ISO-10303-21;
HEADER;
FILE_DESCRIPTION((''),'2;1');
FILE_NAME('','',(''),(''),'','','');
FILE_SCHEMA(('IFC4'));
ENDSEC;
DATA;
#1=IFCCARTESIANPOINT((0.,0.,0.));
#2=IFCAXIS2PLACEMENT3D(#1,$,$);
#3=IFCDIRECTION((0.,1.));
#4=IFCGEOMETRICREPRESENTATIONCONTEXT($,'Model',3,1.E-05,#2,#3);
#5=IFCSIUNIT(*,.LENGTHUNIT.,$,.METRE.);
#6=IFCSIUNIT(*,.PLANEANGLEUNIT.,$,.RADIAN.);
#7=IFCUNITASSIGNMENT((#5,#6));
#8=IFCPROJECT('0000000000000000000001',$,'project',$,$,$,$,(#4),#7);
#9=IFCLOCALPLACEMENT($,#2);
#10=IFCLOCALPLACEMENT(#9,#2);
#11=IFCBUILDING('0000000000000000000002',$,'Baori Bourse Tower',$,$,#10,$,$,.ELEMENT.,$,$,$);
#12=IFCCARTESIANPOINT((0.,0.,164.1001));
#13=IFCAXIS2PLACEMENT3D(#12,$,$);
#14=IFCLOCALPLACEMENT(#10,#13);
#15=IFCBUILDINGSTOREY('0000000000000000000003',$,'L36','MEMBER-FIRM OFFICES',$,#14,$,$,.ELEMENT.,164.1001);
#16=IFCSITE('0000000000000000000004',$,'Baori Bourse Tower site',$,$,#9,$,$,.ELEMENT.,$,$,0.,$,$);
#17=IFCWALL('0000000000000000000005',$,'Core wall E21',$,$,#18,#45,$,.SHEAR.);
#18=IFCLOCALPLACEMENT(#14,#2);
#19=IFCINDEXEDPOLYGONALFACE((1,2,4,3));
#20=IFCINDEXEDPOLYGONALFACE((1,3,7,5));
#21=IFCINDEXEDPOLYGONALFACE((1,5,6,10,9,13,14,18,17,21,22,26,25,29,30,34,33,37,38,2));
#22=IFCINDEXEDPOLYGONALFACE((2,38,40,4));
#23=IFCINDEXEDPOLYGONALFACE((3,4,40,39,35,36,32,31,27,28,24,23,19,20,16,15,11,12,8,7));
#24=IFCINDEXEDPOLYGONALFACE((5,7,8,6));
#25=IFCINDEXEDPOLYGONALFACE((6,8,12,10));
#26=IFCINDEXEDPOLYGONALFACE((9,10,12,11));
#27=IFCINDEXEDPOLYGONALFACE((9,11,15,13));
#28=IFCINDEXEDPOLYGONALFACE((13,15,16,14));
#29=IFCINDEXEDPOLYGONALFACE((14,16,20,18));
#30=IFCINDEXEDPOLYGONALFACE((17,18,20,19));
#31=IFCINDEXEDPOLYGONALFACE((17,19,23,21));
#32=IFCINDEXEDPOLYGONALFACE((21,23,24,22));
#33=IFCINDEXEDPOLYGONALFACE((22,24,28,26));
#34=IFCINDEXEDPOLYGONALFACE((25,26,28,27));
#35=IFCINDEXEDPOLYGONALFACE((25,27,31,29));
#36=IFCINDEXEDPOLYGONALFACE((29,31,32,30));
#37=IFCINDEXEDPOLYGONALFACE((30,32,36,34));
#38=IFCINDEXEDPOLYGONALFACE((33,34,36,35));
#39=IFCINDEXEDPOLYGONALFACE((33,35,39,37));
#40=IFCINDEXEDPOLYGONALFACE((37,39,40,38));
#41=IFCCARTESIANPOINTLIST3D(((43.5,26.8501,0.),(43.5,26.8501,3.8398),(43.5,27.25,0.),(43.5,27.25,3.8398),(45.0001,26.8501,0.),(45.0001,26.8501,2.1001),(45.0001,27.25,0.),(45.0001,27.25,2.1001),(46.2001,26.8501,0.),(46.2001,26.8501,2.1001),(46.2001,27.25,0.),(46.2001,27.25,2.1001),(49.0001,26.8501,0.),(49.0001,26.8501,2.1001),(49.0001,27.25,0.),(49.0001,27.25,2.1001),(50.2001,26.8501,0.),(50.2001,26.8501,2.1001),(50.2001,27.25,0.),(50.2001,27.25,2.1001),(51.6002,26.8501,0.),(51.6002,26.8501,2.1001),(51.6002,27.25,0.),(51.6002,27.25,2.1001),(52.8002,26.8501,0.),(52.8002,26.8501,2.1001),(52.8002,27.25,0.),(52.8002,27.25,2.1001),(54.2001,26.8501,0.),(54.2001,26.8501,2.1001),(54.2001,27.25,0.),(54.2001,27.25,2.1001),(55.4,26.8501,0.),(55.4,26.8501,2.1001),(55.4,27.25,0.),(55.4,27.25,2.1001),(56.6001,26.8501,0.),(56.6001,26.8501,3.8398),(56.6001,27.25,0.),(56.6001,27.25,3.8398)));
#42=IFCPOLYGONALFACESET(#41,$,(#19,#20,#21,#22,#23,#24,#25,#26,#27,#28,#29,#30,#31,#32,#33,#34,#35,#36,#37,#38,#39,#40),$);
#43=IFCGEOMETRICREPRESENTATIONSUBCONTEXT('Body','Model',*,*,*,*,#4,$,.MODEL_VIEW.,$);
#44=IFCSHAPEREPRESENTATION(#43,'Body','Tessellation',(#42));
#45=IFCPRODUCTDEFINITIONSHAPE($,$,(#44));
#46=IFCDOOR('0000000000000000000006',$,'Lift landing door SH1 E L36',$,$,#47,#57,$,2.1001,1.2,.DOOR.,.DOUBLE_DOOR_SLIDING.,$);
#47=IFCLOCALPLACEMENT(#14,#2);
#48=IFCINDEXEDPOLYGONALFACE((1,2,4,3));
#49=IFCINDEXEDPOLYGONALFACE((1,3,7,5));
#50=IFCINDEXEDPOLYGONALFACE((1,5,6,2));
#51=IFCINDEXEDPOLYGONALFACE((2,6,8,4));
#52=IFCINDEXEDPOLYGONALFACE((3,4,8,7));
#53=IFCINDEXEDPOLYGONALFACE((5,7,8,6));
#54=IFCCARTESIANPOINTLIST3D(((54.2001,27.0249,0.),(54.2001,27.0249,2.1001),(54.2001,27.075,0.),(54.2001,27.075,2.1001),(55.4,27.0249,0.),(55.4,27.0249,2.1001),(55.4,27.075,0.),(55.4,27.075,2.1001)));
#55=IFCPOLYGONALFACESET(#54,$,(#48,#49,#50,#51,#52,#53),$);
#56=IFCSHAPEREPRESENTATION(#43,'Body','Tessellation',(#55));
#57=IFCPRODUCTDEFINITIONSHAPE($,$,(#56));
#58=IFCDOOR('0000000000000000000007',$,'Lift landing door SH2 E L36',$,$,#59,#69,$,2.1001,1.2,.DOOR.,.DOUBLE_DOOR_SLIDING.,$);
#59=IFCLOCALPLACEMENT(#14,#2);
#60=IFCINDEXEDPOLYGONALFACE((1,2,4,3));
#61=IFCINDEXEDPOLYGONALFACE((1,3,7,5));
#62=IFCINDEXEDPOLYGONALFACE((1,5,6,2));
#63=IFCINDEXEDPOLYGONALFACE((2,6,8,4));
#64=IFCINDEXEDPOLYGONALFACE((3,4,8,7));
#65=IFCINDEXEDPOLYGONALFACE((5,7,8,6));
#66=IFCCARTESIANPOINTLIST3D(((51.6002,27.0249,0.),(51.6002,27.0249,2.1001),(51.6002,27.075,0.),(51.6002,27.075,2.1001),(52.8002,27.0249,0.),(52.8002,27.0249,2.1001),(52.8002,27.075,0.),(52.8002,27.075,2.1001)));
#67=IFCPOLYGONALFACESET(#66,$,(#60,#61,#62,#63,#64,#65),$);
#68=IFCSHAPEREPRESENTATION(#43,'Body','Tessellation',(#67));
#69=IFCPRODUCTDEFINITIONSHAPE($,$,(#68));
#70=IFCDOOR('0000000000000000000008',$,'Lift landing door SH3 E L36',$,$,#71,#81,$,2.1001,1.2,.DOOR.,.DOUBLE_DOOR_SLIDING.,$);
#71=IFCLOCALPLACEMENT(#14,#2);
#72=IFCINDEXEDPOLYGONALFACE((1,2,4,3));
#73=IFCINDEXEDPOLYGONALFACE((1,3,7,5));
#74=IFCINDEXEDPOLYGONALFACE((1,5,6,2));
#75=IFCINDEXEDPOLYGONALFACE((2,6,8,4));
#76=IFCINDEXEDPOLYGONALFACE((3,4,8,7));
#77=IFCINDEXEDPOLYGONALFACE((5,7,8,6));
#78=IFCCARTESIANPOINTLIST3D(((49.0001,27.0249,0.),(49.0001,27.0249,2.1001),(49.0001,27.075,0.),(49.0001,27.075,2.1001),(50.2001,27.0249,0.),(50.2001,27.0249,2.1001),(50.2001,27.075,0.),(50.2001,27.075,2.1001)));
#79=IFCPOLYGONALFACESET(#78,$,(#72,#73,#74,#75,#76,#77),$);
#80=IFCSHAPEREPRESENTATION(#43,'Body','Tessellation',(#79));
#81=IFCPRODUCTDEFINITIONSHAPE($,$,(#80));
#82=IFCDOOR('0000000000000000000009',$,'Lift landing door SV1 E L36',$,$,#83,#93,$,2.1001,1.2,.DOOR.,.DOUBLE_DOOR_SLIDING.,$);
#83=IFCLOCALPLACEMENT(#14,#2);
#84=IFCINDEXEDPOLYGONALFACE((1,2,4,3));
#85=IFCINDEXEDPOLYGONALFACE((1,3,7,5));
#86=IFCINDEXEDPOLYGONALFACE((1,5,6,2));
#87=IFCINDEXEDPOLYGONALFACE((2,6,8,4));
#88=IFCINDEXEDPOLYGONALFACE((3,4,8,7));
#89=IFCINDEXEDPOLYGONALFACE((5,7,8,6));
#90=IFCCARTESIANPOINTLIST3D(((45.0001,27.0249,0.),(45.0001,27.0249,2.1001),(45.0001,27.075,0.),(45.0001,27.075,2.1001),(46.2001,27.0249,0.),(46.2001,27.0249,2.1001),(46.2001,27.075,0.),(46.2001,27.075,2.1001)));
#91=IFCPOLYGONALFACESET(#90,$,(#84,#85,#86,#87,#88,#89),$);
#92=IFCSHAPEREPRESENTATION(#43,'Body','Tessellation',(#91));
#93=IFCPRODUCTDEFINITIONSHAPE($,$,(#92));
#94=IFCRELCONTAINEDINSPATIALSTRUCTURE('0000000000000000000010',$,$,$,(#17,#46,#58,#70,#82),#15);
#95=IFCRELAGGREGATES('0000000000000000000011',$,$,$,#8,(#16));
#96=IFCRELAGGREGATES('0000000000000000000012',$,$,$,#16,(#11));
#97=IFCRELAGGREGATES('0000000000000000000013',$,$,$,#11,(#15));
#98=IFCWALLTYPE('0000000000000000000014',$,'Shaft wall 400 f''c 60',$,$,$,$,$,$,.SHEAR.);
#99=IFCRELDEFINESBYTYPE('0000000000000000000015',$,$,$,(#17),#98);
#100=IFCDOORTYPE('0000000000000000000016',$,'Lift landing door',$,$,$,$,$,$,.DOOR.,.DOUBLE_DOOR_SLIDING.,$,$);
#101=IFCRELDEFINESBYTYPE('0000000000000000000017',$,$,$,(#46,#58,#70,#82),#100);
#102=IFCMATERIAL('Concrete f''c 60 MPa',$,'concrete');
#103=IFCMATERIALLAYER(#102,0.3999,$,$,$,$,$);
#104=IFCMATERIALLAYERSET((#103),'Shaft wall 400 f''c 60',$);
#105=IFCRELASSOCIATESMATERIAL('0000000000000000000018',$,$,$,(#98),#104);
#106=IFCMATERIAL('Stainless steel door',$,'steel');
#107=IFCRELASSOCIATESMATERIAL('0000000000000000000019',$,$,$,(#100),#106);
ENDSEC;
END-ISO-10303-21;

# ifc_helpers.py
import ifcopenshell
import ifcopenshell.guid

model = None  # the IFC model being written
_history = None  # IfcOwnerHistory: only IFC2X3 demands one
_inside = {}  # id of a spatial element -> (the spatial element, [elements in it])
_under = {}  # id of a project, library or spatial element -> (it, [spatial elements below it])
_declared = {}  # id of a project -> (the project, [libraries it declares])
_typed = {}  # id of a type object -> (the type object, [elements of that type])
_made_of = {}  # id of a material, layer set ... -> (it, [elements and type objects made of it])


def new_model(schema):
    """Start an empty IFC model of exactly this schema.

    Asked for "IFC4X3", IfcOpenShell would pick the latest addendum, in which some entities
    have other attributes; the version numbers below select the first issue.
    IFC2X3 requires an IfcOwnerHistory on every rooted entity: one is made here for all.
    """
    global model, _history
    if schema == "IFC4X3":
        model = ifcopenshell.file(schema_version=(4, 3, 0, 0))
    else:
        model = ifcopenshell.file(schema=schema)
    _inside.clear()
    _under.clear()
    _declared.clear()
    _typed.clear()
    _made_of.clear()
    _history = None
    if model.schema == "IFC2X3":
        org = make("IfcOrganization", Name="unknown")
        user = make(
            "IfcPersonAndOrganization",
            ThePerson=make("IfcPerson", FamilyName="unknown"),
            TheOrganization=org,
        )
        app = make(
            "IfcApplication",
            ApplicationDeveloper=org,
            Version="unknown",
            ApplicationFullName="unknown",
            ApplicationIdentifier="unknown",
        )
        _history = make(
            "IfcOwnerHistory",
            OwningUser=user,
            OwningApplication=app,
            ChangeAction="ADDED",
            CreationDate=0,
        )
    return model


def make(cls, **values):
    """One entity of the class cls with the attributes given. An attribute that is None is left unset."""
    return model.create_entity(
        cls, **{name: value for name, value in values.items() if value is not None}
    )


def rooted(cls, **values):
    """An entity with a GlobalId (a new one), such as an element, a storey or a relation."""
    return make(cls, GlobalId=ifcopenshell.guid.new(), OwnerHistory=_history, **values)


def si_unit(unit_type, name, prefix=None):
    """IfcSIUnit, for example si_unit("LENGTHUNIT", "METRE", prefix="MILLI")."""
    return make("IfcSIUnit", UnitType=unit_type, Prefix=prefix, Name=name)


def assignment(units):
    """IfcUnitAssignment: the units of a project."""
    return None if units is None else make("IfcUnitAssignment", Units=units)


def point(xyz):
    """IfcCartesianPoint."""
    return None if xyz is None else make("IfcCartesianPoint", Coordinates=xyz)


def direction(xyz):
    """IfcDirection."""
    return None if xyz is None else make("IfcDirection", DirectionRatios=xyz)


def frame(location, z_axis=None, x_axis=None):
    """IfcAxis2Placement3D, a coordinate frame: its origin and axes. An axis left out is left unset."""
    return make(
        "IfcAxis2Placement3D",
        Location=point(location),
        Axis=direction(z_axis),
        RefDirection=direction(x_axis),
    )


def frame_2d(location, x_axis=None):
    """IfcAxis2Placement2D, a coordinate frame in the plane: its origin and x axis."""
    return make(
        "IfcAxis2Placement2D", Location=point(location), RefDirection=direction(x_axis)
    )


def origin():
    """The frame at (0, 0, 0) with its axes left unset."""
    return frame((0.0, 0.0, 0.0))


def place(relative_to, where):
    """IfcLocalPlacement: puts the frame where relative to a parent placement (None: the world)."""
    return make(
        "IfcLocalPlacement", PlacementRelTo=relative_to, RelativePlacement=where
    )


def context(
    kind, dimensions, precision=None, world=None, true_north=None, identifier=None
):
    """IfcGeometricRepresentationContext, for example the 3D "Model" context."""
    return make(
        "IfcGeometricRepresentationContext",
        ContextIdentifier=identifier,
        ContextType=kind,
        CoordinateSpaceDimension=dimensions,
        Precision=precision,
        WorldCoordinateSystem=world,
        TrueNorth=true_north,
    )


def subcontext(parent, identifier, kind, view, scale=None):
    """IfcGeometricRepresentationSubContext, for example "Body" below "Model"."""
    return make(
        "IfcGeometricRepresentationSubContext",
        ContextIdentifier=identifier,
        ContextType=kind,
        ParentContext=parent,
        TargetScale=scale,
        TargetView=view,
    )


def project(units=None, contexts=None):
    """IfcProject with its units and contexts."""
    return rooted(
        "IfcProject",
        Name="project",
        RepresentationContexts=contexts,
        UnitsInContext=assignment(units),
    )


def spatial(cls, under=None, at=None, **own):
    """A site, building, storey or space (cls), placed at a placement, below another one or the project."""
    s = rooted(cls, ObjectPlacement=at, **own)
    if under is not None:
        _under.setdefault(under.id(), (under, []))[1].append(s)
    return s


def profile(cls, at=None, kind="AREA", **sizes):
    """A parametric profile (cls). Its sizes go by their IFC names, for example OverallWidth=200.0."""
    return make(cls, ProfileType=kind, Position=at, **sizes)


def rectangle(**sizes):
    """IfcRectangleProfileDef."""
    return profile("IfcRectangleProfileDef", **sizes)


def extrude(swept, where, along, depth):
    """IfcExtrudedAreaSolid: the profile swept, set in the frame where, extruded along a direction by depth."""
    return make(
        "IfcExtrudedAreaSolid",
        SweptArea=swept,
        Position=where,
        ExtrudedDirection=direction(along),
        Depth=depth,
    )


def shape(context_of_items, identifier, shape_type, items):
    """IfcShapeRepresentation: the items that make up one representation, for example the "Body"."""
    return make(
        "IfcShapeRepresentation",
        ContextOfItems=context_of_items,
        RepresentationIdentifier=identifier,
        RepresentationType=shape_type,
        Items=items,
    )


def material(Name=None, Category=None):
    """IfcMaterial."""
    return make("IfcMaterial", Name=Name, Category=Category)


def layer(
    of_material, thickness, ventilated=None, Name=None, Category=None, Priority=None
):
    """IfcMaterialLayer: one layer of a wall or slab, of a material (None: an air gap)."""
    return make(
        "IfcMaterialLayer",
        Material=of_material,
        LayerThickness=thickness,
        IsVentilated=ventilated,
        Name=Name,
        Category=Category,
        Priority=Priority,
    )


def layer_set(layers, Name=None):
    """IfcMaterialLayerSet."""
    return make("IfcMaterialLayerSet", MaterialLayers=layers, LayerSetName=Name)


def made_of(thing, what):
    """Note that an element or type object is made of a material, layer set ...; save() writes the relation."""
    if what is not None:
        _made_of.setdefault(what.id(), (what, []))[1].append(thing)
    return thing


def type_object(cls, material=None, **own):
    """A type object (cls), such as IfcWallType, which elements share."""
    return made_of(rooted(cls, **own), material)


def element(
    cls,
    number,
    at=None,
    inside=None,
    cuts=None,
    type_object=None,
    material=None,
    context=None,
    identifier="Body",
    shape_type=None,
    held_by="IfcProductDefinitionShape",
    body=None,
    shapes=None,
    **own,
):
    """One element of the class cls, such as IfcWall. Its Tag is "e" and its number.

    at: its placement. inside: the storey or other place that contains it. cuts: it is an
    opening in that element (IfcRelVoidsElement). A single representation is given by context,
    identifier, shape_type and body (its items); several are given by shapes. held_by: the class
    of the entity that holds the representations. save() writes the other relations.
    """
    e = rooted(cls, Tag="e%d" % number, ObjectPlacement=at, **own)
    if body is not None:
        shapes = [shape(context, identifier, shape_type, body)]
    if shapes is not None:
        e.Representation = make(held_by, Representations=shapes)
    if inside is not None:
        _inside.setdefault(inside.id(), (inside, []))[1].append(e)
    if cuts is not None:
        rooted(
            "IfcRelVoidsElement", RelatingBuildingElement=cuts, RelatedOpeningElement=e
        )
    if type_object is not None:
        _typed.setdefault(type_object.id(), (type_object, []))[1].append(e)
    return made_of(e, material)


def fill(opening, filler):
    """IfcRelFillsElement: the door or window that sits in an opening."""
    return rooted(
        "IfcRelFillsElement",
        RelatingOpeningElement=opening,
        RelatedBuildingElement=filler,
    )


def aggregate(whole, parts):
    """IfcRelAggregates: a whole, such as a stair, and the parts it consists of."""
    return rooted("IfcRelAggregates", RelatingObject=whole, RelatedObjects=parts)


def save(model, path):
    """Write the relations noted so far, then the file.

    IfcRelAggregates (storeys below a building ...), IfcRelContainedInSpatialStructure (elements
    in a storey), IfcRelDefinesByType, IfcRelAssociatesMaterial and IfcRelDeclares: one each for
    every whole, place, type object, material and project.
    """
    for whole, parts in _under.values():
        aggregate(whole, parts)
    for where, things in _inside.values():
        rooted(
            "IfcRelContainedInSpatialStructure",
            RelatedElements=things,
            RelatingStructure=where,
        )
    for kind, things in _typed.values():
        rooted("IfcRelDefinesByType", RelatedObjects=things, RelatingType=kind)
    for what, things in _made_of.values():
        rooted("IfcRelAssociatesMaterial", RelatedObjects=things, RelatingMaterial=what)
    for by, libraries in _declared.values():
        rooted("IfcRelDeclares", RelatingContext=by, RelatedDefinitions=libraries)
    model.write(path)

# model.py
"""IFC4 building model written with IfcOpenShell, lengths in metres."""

from ifc_helpers import new_model, si_unit, direction, frame, frame_2d, origin, place, context, subcontext, project, spatial, rectangle, extrude, material, layer, layer_set, type_object, element, fill, save


model = new_model("IFC4")

# Units and contexts
model_context = context("Model", 3, precision=1e-05, world=origin(), true_north=direction((0.0, 1.0)))
body_context = subcontext(model_context, "Body", "Model", "MODEL_VIEW")
ifc_project = project(units=[si_unit("LENGTHUNIT", "METRE"), si_unit("PLANEANGLEUNIT", "RADIAN")], contexts=[model_context])

# Site, building, storey
site_placement = place(None, origin())
site = spatial("IfcSite", under=ifc_project, at=site_placement, Name="Baori Bourse Tower site", CompositionType="ELEMENT", RefElevation=0.0)
building_placement = place(site_placement, origin())
building = spatial("IfcBuilding", under=site, at=building_placement, Name="Baori Bourse Tower", CompositionType="ELEMENT")
storey_placement = place(building_placement, frame((0.0, 0.0, 164.1001)))
storey = spatial("IfcBuildingStorey", under=building, at=storey_placement, Name="L36", Description="MEMBER-FIRM OFFICES", CompositionType="ELEMENT", Elevation=164.1001)

# Wall, openings, doors
ifc_material_1 = material(Name="Concrete f'c 60 MPa", Category="concrete")
ifc_layer_1 = layer(ifc_material_1, 0.3999)
ifc_layer_set_1 = layer_set([ifc_layer_1], Name="Shaft wall 400 f'c 60")
wall_type_1 = type_object("IfcWallType", Name="Shaft wall 400 f'c 60", PredefinedType="SHEAR", material=ifc_layer_set_1)
wall_1_placement = place(storey_placement, frame((43.5, 27.05, 0.0), z_axis=(0.0, 0.0, 1.0), x_axis=(1.0, 0.0, 0.0)))
wall_1 = element("IfcWall", 1, at=wall_1_placement, inside=storey, type_object=wall_type_1, Name="Core wall E21", PredefinedType="SHEAR", context=body_context, shape_type="SweptSolid", body=[
    extrude(rectangle(XDim=13.1001, YDim=0.3999, at=frame_2d((6.55, 0.0))), origin(), (0.0, 0.0, 1.0), 3.8398),
])
opening_1_placement = place(wall_1_placement, frame((10.7, 0.0, 0.0)))
opening_1 = element("IfcOpeningElement", 2, at=opening_1_placement, cuts=wall_1, PredefinedType="OPENING", context=body_context, shape_type="SweptSolid", body=[
    extrude(rectangle(XDim=1.2, YDim=2.1001, at=frame_2d((0.6001, 1.05))), frame((0.0, 0.21, 0.0), z_axis=(0.0, -1.0, 0.0), x_axis=(1.0, 0.0, 0.0)), (0.0, 0.0, 1.0), 0.4199),
])
opening_2_placement = place(wall_1_placement, frame((8.1001, 0.0, 0.0)))
opening_2 = element("IfcOpeningElement", 3, at=opening_2_placement, cuts=wall_1, PredefinedType="OPENING", context=body_context, shape_type="SweptSolid", body=[
    extrude(rectangle(XDim=1.2, YDim=2.1001, at=frame_2d((0.6001, 1.05))), frame((0.0, 0.21, 0.0), z_axis=(0.0, -1.0, 0.0), x_axis=(1.0, 0.0, 0.0)), (0.0, 0.0, 1.0), 0.4199),
])
opening_3_placement = place(wall_1_placement, frame((5.5, 0.0, 0.0)))
opening_3 = element("IfcOpeningElement", 4, at=opening_3_placement, cuts=wall_1, PredefinedType="OPENING", context=body_context, shape_type="SweptSolid", body=[
    extrude(rectangle(XDim=1.2, YDim=2.1001, at=frame_2d((0.6001, 1.05))), frame((0.0, 0.21, 0.0), z_axis=(0.0, -1.0, 0.0), x_axis=(1.0, 0.0, 0.0)), (0.0, 0.0, 1.0), 0.4199),
])
opening_4_placement = place(wall_1_placement, frame((1.5, 0.0, 0.0)))
opening_4 = element("IfcOpeningElement", 5, at=opening_4_placement, cuts=wall_1, PredefinedType="OPENING", context=body_context, shape_type="SweptSolid", body=[
    extrude(rectangle(XDim=1.2, YDim=2.1001, at=frame_2d((0.6001, 1.05))), frame((0.0, 0.21, 0.0), z_axis=(0.0, -1.0, 0.0), x_axis=(1.0, 0.0, 0.0)), (0.0, 0.0, 1.0), 0.4199),
])
ifc_material_2 = material(Name="Stainless steel door", Category="steel")
door_type_1 = type_object("IfcDoorType", Name="Lift landing door", OperationType="DOUBLE_DOOR_SLIDING", PredefinedType="DOOR", material=ifc_material_2)
door_1_placement = place(opening_1_placement, origin())
door_1 = element("IfcDoor", 6, at=door_1_placement, inside=storey, type_object=door_type_1, Name="Lift landing door SH1 E L36", OperationType="DOUBLE_DOOR_SLIDING", OverallHeight=2.1001, OverallWidth=1.2, PredefinedType="DOOR", context=body_context, shape_type="SweptSolid", body=[
    extrude(rectangle(XDim=1.2, YDim=2.1001, at=frame_2d((0.6001, 1.05))), frame((0.0, 0.0249, 0.0), z_axis=(0.0, -1.0, 0.0), x_axis=(1.0, 0.0, 0.0)), (0.0, 0.0, 1.0), 0.05),
])
fill(opening_1, door_1)
door_2_placement = place(opening_2_placement, origin())
door_2 = element("IfcDoor", 7, at=door_2_placement, inside=storey, type_object=door_type_1, Name="Lift landing door SH2 E L36", OperationType="DOUBLE_DOOR_SLIDING", OverallHeight=2.1001, OverallWidth=1.2, PredefinedType="DOOR", context=body_context, shape_type="SweptSolid", body=[
    extrude(rectangle(XDim=1.2, YDim=2.1001, at=frame_2d((0.6001, 1.05))), frame((0.0, 0.0249, 0.0), z_axis=(0.0, -1.0, 0.0), x_axis=(1.0, 0.0, 0.0)), (0.0, 0.0, 1.0), 0.05),
])
fill(opening_2, door_2)
door_3_placement = place(opening_3_placement, origin())
door_3 = element("IfcDoor", 8, at=door_3_placement, inside=storey, type_object=door_type_1, Name="Lift landing door SH3 E L36", OperationType="DOUBLE_DOOR_SLIDING", OverallHeight=2.1001, OverallWidth=1.2, PredefinedType="DOOR", context=body_context, shape_type="SweptSolid", body=[
    extrude(rectangle(XDim=1.2, YDim=2.1001, at=frame_2d((0.6001, 1.05))), frame((0.0, 0.0249, 0.0), z_axis=(0.0, -1.0, 0.0), x_axis=(1.0, 0.0, 0.0)), (0.0, 0.0, 1.0), 0.05),
])
fill(opening_3, door_3)
door_4_placement = place(opening_4_placement, origin())
door_4 = element("IfcDoor", 9, at=door_4_placement, inside=storey, type_object=door_type_1, Name="Lift landing door SV1 E L36", OperationType="DOUBLE_DOOR_SLIDING", OverallHeight=2.1001, OverallWidth=1.2, PredefinedType="DOOR", context=body_context, shape_type="SweptSolid", body=[
    extrude(rectangle(XDim=1.2, YDim=2.1001, at=frame_2d((0.6001, 1.05))), frame((0.0, 0.0249, 0.0), z_axis=(0.0, -1.0, 0.0), x_axis=(1.0, 0.0, 0.0)), (0.0, 0.0, 1.0), 0.05),
])
fill(opening_4, door_4)

save(model, "model.ifc")
